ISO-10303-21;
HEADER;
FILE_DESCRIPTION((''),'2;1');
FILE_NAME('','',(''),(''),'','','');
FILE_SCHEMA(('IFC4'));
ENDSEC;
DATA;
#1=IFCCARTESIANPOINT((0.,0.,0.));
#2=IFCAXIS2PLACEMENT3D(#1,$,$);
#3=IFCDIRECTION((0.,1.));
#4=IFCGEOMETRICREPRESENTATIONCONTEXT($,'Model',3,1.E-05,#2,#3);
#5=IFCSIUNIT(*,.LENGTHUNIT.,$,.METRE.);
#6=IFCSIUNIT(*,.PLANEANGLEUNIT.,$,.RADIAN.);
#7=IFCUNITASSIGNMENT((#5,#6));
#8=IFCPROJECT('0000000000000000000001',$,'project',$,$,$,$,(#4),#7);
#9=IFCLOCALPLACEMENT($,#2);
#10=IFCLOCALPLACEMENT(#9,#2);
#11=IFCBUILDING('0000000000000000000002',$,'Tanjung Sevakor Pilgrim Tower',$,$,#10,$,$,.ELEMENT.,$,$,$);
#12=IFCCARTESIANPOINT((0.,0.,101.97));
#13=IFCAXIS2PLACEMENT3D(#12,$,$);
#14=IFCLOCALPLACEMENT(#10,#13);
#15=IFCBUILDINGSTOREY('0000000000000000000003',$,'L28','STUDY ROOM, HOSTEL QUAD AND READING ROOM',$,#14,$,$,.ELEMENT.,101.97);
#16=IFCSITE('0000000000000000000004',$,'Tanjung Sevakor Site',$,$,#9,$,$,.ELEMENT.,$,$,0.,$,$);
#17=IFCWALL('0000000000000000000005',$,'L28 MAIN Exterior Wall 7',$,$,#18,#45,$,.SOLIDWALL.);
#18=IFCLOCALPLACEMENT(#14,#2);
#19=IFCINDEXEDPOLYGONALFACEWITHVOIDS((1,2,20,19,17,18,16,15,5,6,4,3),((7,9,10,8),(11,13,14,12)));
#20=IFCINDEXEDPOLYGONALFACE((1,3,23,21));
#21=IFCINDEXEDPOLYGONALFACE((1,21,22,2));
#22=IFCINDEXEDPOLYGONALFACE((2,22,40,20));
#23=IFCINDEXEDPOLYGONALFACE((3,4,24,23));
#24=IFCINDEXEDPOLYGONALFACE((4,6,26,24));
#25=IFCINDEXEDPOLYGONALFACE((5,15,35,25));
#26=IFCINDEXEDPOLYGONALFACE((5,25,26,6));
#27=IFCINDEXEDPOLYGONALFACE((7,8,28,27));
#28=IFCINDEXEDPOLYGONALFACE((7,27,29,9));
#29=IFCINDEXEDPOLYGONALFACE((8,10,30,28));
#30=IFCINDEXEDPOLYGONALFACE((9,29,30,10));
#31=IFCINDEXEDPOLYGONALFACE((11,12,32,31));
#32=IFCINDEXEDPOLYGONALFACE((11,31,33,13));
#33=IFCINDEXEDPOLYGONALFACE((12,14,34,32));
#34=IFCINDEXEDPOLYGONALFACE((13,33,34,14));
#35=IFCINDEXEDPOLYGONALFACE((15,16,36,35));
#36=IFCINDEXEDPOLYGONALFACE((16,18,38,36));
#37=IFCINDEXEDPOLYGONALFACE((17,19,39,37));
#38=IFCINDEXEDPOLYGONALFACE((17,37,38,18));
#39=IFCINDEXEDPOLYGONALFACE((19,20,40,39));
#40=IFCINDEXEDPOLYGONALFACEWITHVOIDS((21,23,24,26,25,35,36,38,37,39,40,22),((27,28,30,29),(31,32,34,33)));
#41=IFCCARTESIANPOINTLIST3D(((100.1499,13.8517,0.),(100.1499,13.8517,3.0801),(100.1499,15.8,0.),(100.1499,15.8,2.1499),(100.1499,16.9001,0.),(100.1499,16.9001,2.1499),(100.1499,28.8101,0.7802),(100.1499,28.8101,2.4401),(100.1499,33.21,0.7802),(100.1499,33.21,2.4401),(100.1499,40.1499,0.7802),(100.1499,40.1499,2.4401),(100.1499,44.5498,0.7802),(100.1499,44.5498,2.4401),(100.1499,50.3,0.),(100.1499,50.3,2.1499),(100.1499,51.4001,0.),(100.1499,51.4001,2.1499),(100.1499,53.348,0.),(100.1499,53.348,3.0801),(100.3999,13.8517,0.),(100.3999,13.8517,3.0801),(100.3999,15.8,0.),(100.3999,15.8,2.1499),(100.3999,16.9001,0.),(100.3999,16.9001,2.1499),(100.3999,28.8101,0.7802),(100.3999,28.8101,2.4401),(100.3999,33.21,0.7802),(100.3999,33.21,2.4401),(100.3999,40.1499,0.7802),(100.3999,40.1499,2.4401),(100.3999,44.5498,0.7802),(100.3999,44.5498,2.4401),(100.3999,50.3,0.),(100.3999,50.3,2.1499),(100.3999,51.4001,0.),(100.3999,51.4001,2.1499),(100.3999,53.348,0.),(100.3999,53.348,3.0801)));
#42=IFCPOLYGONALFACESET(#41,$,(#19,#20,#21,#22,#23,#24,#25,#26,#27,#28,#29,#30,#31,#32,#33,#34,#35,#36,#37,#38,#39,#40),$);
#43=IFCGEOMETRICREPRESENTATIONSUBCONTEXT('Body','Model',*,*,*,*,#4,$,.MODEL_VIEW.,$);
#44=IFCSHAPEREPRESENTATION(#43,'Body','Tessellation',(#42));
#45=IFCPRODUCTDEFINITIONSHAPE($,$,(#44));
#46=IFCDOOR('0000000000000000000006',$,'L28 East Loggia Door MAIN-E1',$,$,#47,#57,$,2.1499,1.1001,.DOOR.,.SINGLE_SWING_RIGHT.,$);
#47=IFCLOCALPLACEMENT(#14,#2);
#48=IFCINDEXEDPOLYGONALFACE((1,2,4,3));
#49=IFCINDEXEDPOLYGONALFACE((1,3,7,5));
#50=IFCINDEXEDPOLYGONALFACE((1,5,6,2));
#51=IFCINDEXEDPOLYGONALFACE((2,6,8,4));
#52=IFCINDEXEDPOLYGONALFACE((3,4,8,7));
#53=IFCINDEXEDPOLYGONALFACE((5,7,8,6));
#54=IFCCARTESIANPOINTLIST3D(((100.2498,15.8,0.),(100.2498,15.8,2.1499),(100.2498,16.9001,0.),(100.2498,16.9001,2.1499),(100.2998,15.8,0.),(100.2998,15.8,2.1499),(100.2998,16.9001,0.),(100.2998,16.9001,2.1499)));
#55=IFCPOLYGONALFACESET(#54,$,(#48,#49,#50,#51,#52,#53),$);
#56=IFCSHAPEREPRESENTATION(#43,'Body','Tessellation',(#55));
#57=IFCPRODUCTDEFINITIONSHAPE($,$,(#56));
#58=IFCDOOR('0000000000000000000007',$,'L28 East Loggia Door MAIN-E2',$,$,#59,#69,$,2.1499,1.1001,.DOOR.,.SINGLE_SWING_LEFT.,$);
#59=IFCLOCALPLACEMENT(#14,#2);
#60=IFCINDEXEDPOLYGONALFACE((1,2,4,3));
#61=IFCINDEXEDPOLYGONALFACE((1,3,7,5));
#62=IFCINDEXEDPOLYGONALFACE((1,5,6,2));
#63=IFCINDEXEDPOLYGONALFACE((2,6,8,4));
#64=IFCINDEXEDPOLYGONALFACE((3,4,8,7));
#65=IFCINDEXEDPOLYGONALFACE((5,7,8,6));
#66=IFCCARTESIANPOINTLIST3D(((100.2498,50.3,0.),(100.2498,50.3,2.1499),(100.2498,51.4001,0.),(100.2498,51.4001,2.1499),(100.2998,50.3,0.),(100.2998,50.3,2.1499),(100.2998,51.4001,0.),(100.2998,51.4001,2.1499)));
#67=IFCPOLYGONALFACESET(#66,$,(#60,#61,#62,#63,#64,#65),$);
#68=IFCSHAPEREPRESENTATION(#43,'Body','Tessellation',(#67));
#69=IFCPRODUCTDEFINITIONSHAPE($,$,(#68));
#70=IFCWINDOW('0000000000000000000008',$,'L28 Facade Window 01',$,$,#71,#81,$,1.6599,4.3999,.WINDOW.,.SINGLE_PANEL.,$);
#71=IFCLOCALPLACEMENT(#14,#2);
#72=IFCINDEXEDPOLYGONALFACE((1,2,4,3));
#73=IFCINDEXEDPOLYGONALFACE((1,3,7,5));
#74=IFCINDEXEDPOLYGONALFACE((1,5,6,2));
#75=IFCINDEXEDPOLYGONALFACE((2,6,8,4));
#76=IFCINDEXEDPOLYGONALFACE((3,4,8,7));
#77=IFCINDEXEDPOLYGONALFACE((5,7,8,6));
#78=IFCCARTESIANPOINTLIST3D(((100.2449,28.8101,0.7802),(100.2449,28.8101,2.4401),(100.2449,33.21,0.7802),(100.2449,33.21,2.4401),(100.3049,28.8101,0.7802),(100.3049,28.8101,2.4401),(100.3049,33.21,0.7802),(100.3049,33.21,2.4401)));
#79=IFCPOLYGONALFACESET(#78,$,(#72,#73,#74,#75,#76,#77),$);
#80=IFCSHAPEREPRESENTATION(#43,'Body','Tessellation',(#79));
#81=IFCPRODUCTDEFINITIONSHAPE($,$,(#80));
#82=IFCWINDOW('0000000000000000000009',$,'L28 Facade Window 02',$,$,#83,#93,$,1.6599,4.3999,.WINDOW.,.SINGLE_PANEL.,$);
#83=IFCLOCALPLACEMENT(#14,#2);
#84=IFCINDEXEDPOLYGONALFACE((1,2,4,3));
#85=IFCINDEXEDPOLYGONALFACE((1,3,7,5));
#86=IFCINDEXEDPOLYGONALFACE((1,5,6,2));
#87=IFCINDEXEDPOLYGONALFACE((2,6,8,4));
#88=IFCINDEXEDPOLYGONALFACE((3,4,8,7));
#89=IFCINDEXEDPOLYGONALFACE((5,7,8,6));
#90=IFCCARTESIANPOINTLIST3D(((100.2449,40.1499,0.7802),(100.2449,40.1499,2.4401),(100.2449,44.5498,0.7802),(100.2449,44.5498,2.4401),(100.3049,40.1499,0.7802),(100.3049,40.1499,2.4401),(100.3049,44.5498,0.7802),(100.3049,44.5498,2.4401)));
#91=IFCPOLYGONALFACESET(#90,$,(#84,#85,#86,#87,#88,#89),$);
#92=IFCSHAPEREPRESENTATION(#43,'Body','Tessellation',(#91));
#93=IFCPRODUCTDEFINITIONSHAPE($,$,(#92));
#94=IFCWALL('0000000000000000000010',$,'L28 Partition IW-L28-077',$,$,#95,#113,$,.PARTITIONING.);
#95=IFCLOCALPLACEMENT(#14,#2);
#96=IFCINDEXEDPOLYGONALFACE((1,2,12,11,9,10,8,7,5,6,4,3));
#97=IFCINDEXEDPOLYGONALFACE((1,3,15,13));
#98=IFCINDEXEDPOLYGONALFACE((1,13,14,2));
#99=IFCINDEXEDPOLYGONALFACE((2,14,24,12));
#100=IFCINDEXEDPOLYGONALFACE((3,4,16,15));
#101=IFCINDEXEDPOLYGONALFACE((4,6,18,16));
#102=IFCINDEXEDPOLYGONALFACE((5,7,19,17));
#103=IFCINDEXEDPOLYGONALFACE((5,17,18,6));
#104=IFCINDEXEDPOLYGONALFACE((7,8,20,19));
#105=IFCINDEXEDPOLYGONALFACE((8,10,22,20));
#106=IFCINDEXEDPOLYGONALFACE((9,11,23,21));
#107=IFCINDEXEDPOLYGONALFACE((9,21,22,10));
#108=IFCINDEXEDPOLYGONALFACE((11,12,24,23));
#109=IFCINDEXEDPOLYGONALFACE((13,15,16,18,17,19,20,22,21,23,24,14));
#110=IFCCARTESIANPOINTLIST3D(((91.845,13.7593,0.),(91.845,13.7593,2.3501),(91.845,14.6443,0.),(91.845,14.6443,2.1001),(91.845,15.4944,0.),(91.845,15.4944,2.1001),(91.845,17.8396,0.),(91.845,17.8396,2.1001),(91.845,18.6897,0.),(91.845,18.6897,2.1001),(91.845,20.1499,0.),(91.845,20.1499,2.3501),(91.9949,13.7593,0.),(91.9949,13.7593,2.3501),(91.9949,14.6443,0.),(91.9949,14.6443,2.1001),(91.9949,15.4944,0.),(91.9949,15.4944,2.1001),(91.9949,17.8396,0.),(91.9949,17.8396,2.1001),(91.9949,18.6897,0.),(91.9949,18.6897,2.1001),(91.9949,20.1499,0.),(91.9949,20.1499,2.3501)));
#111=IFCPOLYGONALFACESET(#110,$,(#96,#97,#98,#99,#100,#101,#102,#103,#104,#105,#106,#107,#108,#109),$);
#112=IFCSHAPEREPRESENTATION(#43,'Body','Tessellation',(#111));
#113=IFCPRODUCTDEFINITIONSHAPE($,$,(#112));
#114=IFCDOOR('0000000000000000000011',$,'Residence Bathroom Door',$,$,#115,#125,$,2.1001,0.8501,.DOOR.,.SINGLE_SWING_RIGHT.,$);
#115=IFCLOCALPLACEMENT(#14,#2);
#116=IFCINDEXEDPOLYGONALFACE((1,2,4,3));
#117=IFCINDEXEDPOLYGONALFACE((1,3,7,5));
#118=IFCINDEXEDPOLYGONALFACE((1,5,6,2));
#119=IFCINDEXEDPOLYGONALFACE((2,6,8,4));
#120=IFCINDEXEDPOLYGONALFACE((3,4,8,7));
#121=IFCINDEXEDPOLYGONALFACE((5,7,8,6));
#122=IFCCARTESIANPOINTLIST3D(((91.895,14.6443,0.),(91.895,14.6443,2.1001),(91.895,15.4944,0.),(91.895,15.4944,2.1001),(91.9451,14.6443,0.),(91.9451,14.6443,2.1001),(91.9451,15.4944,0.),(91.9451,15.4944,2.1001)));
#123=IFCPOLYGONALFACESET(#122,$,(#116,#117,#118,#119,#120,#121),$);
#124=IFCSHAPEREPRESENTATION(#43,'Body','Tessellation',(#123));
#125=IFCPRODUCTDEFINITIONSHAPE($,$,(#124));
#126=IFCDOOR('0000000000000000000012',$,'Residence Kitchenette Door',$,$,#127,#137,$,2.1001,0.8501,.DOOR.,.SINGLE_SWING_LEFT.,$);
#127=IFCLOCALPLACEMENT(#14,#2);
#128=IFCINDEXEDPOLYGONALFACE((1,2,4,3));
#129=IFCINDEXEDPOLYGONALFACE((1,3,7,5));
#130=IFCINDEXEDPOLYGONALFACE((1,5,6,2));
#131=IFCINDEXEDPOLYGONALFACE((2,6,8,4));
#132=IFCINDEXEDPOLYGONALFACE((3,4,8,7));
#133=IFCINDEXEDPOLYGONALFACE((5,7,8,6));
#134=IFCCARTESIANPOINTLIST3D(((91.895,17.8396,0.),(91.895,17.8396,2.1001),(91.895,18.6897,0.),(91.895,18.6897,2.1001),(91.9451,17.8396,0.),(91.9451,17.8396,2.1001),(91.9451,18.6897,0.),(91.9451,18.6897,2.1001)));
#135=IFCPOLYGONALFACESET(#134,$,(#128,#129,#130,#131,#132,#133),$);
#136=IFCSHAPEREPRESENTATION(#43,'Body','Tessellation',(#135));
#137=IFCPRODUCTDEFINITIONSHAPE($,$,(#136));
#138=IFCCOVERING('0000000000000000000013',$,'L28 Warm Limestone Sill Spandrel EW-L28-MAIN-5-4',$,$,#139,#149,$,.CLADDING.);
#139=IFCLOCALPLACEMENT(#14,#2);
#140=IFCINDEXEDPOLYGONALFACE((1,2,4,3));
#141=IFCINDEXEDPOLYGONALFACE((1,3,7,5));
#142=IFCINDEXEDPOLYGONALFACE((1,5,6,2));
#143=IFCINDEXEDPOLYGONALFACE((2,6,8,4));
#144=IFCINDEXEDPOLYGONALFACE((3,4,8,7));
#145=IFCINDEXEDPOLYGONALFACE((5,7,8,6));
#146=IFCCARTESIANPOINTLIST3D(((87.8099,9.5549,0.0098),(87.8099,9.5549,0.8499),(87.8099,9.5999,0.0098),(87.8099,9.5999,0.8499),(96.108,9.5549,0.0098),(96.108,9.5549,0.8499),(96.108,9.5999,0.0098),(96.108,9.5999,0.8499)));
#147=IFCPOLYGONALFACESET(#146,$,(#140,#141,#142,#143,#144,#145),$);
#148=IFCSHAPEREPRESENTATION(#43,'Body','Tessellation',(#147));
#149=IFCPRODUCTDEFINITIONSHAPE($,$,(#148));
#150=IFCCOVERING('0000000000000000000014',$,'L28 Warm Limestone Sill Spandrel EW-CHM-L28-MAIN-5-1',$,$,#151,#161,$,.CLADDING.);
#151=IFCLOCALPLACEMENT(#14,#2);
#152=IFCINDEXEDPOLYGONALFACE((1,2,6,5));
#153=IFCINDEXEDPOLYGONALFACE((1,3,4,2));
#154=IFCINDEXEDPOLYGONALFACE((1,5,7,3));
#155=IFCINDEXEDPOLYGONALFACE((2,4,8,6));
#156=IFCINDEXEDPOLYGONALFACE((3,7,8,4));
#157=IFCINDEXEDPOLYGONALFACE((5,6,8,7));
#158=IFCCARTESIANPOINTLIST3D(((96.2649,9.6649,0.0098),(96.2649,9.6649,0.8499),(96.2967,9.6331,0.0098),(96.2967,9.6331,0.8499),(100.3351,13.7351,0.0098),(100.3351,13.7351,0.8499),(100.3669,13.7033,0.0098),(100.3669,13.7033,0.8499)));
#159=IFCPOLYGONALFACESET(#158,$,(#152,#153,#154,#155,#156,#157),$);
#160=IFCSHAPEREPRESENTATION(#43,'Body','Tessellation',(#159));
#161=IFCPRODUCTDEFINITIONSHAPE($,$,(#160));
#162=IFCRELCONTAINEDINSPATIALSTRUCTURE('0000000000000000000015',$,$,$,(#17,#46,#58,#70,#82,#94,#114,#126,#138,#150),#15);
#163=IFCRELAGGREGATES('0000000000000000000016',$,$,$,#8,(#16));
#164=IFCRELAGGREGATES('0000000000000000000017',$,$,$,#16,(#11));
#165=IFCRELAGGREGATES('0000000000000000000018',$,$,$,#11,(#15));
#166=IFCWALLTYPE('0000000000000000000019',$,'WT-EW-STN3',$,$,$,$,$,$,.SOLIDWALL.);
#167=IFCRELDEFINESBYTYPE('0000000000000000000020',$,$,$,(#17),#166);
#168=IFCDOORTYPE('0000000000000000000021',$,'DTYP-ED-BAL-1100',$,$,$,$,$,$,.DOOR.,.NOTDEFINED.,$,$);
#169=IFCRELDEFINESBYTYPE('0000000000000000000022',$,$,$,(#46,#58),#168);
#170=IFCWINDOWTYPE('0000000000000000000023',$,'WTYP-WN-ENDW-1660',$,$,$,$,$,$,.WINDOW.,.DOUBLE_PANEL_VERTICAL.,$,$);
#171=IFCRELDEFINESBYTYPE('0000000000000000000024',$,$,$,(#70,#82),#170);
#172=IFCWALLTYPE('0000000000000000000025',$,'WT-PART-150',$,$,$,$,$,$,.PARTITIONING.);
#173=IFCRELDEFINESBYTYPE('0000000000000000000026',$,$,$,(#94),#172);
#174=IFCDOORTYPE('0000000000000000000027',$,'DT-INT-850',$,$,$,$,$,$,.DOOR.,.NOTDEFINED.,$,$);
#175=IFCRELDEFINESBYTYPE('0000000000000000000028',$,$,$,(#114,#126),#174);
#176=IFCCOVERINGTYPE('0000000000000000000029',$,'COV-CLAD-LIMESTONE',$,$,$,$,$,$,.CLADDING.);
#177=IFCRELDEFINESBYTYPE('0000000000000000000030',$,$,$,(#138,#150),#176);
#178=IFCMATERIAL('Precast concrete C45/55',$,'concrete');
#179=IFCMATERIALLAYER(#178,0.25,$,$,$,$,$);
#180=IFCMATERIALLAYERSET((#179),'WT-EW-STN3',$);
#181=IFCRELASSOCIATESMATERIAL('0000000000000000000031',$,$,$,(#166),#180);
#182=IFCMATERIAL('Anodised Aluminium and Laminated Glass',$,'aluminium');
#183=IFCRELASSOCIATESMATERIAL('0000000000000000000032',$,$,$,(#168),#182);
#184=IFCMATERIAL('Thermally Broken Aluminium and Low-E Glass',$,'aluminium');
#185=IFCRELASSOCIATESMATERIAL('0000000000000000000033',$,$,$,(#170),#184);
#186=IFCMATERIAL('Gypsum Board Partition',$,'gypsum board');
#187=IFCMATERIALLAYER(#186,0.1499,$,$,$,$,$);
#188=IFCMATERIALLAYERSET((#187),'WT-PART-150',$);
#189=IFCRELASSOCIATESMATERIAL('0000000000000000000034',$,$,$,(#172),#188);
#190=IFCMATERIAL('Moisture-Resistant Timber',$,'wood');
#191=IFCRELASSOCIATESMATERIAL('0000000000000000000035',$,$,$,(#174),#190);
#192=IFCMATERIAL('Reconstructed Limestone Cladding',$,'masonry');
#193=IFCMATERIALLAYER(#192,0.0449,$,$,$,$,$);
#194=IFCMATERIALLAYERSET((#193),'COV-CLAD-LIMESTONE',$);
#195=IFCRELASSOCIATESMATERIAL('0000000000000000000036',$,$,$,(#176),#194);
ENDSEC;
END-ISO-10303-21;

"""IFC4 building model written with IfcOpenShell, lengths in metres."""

from ifc_helpers import new_model, si_unit, direction, frame, frame_2d, origin, origin_2d, place, context, subcontext, project, spatial, rectangle, extrude, material, layer, layer_set, type_object, element, fill, save


model = new_model("IFC4")

# Units and contexts
model_context = context("Model", 3, precision=1e-05, world=origin(), true_north=direction((0.0, 1.0)))
body_context = subcontext(model_context, "Body", "Model", "MODEL_VIEW")
ifc_project = project(units=[si_unit("LENGTHUNIT", "METRE"), si_unit("PLANEANGLEUNIT", "RADIAN")], contexts=[model_context])

# Site, building, storey
site_placement = place(None, origin())
site = spatial("IfcSite", under=ifc_project, at=site_placement, Name="Tanjung Sevakor Site", CompositionType="ELEMENT", RefElevation=0.0)
building_placement = place(site_placement, origin())
building = spatial("IfcBuilding", under=site, at=building_placement, Name="Tanjung Sevakor Pilgrim Tower", CompositionType="ELEMENT")
storey_placement = place(building_placement, frame((0.0, 0.0, 101.97)))
storey = spatial("IfcBuildingStorey", under=building, at=storey_placement, Name="L28", Description="STUDY ROOM, HOSTEL QUAD AND READING ROOM", CompositionType="ELEMENT", Elevation=101.97)

# Shared definitions
ifc_material_1 = material(Name="Precast concrete C45/55", Category="concrete")
ifc_layer_1 = layer(ifc_material_1, 0.25)
ifc_layer_set_1 = layer_set([ifc_layer_1], Name="WT-EW-STN3")
wall_type_1 = type_object("IfcWallType", Name="WT-EW-STN3", PredefinedType="SOLIDWALL", material=ifc_layer_set_1)

# Wall, openings, doors, windows
wall_1_placement = place(storey_placement, frame((100.2749, 13.8518, 0.0), z_axis=(0.0, 0.0, 1.0), x_axis=(0.0, 1.0, 0.0)))
wall_1 = element("IfcWall", 1, at=wall_1_placement, inside=storey, type_object=wall_type_1, Name="L28 MAIN Exterior Wall 7", PredefinedType="SOLIDWALL", context=body_context, shape_type="SweptSolid", body=[
    extrude(rectangle(XDim=39.4963, YDim=0.25, at=frame_2d((19.748, 0.0))), origin(), (0.0, 0.0, 1.0), 3.0801),
])
opening_1_placement = place(wall_1_placement, frame((1.9482, 0.0, 0.0)))
opening_1 = element("IfcOpeningElement", 2, at=opening_1_placement, cuts=wall_1, PredefinedType="OPENING", context=body_context, shape_type="SweptSolid", body=[
    extrude(rectangle(XDim=1.1001, YDim=2.1499, at=frame_2d((0.55, 1.075))), frame((0.0, 0.135, 0.0), z_axis=(0.0, -1.0, 0.0), x_axis=(1.0, 0.0, 0.0)), (0.0, 0.0, 1.0), 0.27),
])
opening_2_placement = place(wall_1_placement, frame((36.4482, 0.0, 0.0)))
opening_2 = element("IfcOpeningElement", 3, at=opening_2_placement, cuts=wall_1, PredefinedType="OPENING", context=body_context, shape_type="SweptSolid", body=[
    extrude(rectangle(XDim=1.1001, YDim=2.1499, at=frame_2d((0.55, 1.075))), frame((0.0, 0.135, 0.0), z_axis=(0.0, -1.0, 0.0), x_axis=(1.0, 0.0, 0.0)), (0.0, 0.0, 1.0), 0.27),
])
opening_3_placement = place(wall_1_placement, frame((14.9583, 0.0, 0.78)))
opening_3 = element("IfcOpeningElement", 4, at=opening_3_placement, cuts=wall_1, PredefinedType="OPENING", context=body_context, shape_type="SweptSolid", body=[
    extrude(rectangle(XDim=4.3999, YDim=1.6599, at=frame_2d((2.2, 0.8301))), frame((0.0, 0.135, 0.0), z_axis=(0.0, -1.0, 0.0), x_axis=(1.0, 0.0, 0.0)), (0.0, 0.0, 1.0), 0.27),
])
opening_4_placement = place(wall_1_placement, frame((26.2981, 0.0, 0.78)))
opening_4 = element("IfcOpeningElement", 5, at=opening_4_placement, cuts=wall_1, PredefinedType="OPENING", context=body_context, shape_type="SweptSolid", body=[
    extrude(rectangle(XDim=4.3999, YDim=1.6599, at=frame_2d((2.2, 0.8301))), frame((0.0, 0.135, 0.0), z_axis=(0.0, -1.0, 0.0), x_axis=(1.0, 0.0, 0.0)), (0.0, 0.0, 1.0), 0.27),
])
ifc_material_2 = material(Name="Anodised Aluminium and Laminated Glass", Category="aluminium")
door_type_1 = type_object("IfcDoorType", Name="DTYP-ED-BAL-1100", OperationType="NOTDEFINED", PredefinedType="DOOR", material=ifc_material_2)
door_1_placement = place(opening_1_placement, frame((1.1001, 0.0, 0.0), z_axis=(0.0, 0.0, 1.0), x_axis=(-1.0, 0.0, 0.0)))
door_1 = element("IfcDoor", 6, at=door_1_placement, inside=storey, type_object=door_type_1, Name="L28 East Loggia Door MAIN-E1", OperationType="SINGLE_SWING_RIGHT", OverallHeight=2.1499, OverallWidth=1.1001, PredefinedType="DOOR", context=body_context, shape_type="SweptSolid", body=[
    extrude(rectangle(XDim=1.1001, YDim=2.1499, at=frame_2d((0.55, 1.075))), frame((0.0, 0.0249, 0.0), z_axis=(0.0, -1.0, 0.0), x_axis=(1.0, 0.0, 0.0)), (0.0, 0.0, 1.0), 0.05),
])
fill(opening_1, door_1)
door_2_placement = place(opening_2_placement, frame((1.1001, 0.0, 0.0), z_axis=(0.0, 0.0, 1.0), x_axis=(-1.0, 0.0, 0.0)))
door_2 = element("IfcDoor", 7, at=door_2_placement, inside=storey, type_object=door_type_1, Name="L28 East Loggia Door MAIN-E2", OperationType="SINGLE_SWING_LEFT", OverallHeight=2.1499, OverallWidth=1.1001, PredefinedType="DOOR", context=body_context, shape_type="SweptSolid", body=[
    extrude(rectangle(XDim=1.1001, YDim=2.1499, at=frame_2d((0.55, 1.075))), frame((0.0, 0.0249, 0.0), z_axis=(0.0, -1.0, 0.0), x_axis=(1.0, 0.0, 0.0)), (0.0, 0.0, 1.0), 0.05),
])
fill(opening_2, door_2)
ifc_material_3 = material(Name="Thermally Broken Aluminium and Low-E Glass", Category="aluminium")
window_type_1 = type_object("IfcWindowType", Name="WTYP-WN-ENDW-1660", PartitioningType="DOUBLE_PANEL_VERTICAL", PredefinedType="WINDOW", material=ifc_material_3)
window_1_placement = place(opening_3_placement, origin())
window_1 = element("IfcWindow", 8, at=window_1_placement, inside=storey, type_object=window_type_1, Name="L28 Facade Window 01", OverallHeight=1.6599, OverallWidth=4.3999, PartitioningType="SINGLE_PANEL", PredefinedType="WINDOW", context=body_context, shape_type="SweptSolid", body=[
    extrude(rectangle(XDim=4.3999, YDim=1.6599, at=frame_2d((2.2, 0.8301))), frame((0.0, 0.03, 0.0), z_axis=(0.0, -1.0, 0.0), x_axis=(1.0, 0.0, 0.0)), (0.0, 0.0, 1.0), 0.0601),
])
fill(opening_3, window_1)
window_2_placement = place(opening_4_placement, origin())
window_2 = element("IfcWindow", 9, at=window_2_placement, inside=storey, type_object=window_type_1, Name="L28 Facade Window 02", OverallHeight=1.6599, OverallWidth=4.3999, PartitioningType="SINGLE_PANEL", PredefinedType="WINDOW", context=body_context, shape_type="SweptSolid", body=[
    extrude(rectangle(XDim=4.3999, YDim=1.6599, at=frame_2d((2.2, 0.8301))), frame((0.0, 0.03, 0.0), z_axis=(0.0, -1.0, 0.0), x_axis=(1.0, 0.0, 0.0)), (0.0, 0.0, 1.0), 0.0601),
])
fill(opening_4, window_2)

# Wall, openings, doors
ifc_material_4 = material(Name="Gypsum Board Partition", Category="gypsum board")
ifc_layer_2 = layer(ifc_material_4, 0.1499)
ifc_layer_set_2 = layer_set([ifc_layer_2], Name="WT-PART-150")
wall_type_2 = type_object("IfcWallType", Name="WT-PART-150", PredefinedType="PARTITIONING", material=ifc_layer_set_2)
wall_2_placement = place(storey_placement, frame((91.9199, 13.7593, 0.0), z_axis=(0.0, 0.0, 1.0), x_axis=(0.0, 1.0, 0.0)))
wall_2 = element("IfcWall", 10, at=wall_2_placement, inside=storey, type_object=wall_type_2, Name="L28 Partition IW-L28-077", PredefinedType="PARTITIONING", context=body_context, shape_type="SweptSolid", body=[
    extrude(rectangle(XDim=6.3906, YDim=0.1499, at=frame_2d((3.1953, 0.0))), origin(), (0.0, 0.0, 1.0), 2.3501),
])
opening_5_placement = place(wall_2_placement, frame((0.885, 0.0, 0.0)))
opening_5 = element("IfcOpeningElement", 11, at=opening_5_placement, cuts=wall_2, PredefinedType="OPENING", context=body_context, shape_type="SweptSolid", body=[
    extrude(rectangle(XDim=0.8501, YDim=2.1001, at=frame_2d((0.425, 1.05))), frame((0.0, 0.085, 0.0), z_axis=(0.0, -1.0, 0.0), x_axis=(1.0, 0.0, 0.0)), (0.0, 0.0, 1.0), 0.1699),
])
opening_6_placement = place(wall_2_placement, frame((4.0803, 0.0, 0.0)))
opening_6 = element("IfcOpeningElement", 12, at=opening_6_placement, cuts=wall_2, PredefinedType="OPENING", context=body_context, shape_type="SweptSolid", body=[
    extrude(rectangle(XDim=0.8501, YDim=2.1001, at=frame_2d((0.425, 1.05))), frame((0.0, 0.085, 0.0), z_axis=(0.0, -1.0, 0.0), x_axis=(1.0, 0.0, 0.0)), (0.0, 0.0, 1.0), 0.1699),
])
ifc_material_5 = material(Name="Moisture-Resistant Timber", Category="wood")
door_type_2 = type_object("IfcDoorType", Name="DT-INT-850", OperationType="NOTDEFINED", PredefinedType="DOOR", material=ifc_material_5)
door_3_placement = place(opening_5_placement, origin())
door_3 = element("IfcDoor", 13, at=door_3_placement, inside=storey, type_object=door_type_2, Name="Residence Bathroom Door", OperationType="SINGLE_SWING_RIGHT", OverallHeight=2.1001, OverallWidth=0.8501, PredefinedType="DOOR", context=body_context, shape_type="SweptSolid", body=[
    extrude(rectangle(XDim=0.8501, YDim=2.1001, at=frame_2d((0.425, 1.05))), frame((0.0, 0.0249, 0.0), z_axis=(0.0, -1.0, 0.0), x_axis=(1.0, 0.0, 0.0)), (0.0, 0.0, 1.0), 0.05),
])
fill(opening_5, door_3)
door_4_placement = place(opening_6_placement, origin())
door_4 = element("IfcDoor", 14, at=door_4_placement, inside=storey, type_object=door_type_2, Name="Residence Kitchenette Door", OperationType="SINGLE_SWING_LEFT", OverallHeight=2.1001, OverallWidth=0.8501, PredefinedType="DOOR", context=body_context, shape_type="SweptSolid", body=[
    extrude(rectangle(XDim=0.8501, YDim=2.1001, at=frame_2d((0.425, 1.05))), frame((0.0, 0.0249, 0.0), z_axis=(0.0, -1.0, 0.0), x_axis=(1.0, 0.0, 0.0)), (0.0, 0.0, 1.0), 0.05),
])
fill(opening_6, door_4)

# Coverings
ifc_material_6 = material(Name="Reconstructed Limestone Cladding", Category="masonry")
ifc_layer_3 = layer(ifc_material_6, 0.0449)
ifc_layer_set_3 = layer_set([ifc_layer_3], Name="COV-CLAD-LIMESTONE")
covering_type = type_object("IfcCoveringType", Name="COV-CLAD-LIMESTONE", PredefinedType="CLADDING", material=ifc_layer_set_3)
covering_1_placement = place(storey_placement, frame((91.959, 9.5774, 0.0098), z_axis=(0.0, 0.0, 1.0), x_axis=(1.0, 0.0, 0.0)))
element("IfcCovering", 15, at=covering_1_placement, inside=storey, type_object=covering_type, Name="L28 Warm Limestone Sill Spandrel EW-L28-MAIN-5-4", PredefinedType="CLADDING", context=body_context, shape_type="SweptSolid", body=[
    extrude(rectangle(XDim=8.2981, YDim=0.0449, at=origin_2d()), origin(), (0.0, 0.0, 1.0), 0.8401),
])
covering_2_placement = place(storey_placement, frame((98.3159, 11.6841, 0.0098), z_axis=(0.0, 0.0, 1.0), x_axis=(0.707107, 0.707107, 0.0)))
element("IfcCovering", 16, at=covering_2_placement, inside=storey, type_object=covering_type, Name="L28 Warm Limestone Sill Spandrel EW-CHM-L28-MAIN-5-1", PredefinedType="CLADDING", context=body_context, shape_type="SweptSolid", body=[
    extrude(rectangle(XDim=5.7561, YDim=0.0449, at=origin_2d()), origin(), (0.0, 0.0, 1.0), 0.8401),
])

save(model, "model.ifc")
